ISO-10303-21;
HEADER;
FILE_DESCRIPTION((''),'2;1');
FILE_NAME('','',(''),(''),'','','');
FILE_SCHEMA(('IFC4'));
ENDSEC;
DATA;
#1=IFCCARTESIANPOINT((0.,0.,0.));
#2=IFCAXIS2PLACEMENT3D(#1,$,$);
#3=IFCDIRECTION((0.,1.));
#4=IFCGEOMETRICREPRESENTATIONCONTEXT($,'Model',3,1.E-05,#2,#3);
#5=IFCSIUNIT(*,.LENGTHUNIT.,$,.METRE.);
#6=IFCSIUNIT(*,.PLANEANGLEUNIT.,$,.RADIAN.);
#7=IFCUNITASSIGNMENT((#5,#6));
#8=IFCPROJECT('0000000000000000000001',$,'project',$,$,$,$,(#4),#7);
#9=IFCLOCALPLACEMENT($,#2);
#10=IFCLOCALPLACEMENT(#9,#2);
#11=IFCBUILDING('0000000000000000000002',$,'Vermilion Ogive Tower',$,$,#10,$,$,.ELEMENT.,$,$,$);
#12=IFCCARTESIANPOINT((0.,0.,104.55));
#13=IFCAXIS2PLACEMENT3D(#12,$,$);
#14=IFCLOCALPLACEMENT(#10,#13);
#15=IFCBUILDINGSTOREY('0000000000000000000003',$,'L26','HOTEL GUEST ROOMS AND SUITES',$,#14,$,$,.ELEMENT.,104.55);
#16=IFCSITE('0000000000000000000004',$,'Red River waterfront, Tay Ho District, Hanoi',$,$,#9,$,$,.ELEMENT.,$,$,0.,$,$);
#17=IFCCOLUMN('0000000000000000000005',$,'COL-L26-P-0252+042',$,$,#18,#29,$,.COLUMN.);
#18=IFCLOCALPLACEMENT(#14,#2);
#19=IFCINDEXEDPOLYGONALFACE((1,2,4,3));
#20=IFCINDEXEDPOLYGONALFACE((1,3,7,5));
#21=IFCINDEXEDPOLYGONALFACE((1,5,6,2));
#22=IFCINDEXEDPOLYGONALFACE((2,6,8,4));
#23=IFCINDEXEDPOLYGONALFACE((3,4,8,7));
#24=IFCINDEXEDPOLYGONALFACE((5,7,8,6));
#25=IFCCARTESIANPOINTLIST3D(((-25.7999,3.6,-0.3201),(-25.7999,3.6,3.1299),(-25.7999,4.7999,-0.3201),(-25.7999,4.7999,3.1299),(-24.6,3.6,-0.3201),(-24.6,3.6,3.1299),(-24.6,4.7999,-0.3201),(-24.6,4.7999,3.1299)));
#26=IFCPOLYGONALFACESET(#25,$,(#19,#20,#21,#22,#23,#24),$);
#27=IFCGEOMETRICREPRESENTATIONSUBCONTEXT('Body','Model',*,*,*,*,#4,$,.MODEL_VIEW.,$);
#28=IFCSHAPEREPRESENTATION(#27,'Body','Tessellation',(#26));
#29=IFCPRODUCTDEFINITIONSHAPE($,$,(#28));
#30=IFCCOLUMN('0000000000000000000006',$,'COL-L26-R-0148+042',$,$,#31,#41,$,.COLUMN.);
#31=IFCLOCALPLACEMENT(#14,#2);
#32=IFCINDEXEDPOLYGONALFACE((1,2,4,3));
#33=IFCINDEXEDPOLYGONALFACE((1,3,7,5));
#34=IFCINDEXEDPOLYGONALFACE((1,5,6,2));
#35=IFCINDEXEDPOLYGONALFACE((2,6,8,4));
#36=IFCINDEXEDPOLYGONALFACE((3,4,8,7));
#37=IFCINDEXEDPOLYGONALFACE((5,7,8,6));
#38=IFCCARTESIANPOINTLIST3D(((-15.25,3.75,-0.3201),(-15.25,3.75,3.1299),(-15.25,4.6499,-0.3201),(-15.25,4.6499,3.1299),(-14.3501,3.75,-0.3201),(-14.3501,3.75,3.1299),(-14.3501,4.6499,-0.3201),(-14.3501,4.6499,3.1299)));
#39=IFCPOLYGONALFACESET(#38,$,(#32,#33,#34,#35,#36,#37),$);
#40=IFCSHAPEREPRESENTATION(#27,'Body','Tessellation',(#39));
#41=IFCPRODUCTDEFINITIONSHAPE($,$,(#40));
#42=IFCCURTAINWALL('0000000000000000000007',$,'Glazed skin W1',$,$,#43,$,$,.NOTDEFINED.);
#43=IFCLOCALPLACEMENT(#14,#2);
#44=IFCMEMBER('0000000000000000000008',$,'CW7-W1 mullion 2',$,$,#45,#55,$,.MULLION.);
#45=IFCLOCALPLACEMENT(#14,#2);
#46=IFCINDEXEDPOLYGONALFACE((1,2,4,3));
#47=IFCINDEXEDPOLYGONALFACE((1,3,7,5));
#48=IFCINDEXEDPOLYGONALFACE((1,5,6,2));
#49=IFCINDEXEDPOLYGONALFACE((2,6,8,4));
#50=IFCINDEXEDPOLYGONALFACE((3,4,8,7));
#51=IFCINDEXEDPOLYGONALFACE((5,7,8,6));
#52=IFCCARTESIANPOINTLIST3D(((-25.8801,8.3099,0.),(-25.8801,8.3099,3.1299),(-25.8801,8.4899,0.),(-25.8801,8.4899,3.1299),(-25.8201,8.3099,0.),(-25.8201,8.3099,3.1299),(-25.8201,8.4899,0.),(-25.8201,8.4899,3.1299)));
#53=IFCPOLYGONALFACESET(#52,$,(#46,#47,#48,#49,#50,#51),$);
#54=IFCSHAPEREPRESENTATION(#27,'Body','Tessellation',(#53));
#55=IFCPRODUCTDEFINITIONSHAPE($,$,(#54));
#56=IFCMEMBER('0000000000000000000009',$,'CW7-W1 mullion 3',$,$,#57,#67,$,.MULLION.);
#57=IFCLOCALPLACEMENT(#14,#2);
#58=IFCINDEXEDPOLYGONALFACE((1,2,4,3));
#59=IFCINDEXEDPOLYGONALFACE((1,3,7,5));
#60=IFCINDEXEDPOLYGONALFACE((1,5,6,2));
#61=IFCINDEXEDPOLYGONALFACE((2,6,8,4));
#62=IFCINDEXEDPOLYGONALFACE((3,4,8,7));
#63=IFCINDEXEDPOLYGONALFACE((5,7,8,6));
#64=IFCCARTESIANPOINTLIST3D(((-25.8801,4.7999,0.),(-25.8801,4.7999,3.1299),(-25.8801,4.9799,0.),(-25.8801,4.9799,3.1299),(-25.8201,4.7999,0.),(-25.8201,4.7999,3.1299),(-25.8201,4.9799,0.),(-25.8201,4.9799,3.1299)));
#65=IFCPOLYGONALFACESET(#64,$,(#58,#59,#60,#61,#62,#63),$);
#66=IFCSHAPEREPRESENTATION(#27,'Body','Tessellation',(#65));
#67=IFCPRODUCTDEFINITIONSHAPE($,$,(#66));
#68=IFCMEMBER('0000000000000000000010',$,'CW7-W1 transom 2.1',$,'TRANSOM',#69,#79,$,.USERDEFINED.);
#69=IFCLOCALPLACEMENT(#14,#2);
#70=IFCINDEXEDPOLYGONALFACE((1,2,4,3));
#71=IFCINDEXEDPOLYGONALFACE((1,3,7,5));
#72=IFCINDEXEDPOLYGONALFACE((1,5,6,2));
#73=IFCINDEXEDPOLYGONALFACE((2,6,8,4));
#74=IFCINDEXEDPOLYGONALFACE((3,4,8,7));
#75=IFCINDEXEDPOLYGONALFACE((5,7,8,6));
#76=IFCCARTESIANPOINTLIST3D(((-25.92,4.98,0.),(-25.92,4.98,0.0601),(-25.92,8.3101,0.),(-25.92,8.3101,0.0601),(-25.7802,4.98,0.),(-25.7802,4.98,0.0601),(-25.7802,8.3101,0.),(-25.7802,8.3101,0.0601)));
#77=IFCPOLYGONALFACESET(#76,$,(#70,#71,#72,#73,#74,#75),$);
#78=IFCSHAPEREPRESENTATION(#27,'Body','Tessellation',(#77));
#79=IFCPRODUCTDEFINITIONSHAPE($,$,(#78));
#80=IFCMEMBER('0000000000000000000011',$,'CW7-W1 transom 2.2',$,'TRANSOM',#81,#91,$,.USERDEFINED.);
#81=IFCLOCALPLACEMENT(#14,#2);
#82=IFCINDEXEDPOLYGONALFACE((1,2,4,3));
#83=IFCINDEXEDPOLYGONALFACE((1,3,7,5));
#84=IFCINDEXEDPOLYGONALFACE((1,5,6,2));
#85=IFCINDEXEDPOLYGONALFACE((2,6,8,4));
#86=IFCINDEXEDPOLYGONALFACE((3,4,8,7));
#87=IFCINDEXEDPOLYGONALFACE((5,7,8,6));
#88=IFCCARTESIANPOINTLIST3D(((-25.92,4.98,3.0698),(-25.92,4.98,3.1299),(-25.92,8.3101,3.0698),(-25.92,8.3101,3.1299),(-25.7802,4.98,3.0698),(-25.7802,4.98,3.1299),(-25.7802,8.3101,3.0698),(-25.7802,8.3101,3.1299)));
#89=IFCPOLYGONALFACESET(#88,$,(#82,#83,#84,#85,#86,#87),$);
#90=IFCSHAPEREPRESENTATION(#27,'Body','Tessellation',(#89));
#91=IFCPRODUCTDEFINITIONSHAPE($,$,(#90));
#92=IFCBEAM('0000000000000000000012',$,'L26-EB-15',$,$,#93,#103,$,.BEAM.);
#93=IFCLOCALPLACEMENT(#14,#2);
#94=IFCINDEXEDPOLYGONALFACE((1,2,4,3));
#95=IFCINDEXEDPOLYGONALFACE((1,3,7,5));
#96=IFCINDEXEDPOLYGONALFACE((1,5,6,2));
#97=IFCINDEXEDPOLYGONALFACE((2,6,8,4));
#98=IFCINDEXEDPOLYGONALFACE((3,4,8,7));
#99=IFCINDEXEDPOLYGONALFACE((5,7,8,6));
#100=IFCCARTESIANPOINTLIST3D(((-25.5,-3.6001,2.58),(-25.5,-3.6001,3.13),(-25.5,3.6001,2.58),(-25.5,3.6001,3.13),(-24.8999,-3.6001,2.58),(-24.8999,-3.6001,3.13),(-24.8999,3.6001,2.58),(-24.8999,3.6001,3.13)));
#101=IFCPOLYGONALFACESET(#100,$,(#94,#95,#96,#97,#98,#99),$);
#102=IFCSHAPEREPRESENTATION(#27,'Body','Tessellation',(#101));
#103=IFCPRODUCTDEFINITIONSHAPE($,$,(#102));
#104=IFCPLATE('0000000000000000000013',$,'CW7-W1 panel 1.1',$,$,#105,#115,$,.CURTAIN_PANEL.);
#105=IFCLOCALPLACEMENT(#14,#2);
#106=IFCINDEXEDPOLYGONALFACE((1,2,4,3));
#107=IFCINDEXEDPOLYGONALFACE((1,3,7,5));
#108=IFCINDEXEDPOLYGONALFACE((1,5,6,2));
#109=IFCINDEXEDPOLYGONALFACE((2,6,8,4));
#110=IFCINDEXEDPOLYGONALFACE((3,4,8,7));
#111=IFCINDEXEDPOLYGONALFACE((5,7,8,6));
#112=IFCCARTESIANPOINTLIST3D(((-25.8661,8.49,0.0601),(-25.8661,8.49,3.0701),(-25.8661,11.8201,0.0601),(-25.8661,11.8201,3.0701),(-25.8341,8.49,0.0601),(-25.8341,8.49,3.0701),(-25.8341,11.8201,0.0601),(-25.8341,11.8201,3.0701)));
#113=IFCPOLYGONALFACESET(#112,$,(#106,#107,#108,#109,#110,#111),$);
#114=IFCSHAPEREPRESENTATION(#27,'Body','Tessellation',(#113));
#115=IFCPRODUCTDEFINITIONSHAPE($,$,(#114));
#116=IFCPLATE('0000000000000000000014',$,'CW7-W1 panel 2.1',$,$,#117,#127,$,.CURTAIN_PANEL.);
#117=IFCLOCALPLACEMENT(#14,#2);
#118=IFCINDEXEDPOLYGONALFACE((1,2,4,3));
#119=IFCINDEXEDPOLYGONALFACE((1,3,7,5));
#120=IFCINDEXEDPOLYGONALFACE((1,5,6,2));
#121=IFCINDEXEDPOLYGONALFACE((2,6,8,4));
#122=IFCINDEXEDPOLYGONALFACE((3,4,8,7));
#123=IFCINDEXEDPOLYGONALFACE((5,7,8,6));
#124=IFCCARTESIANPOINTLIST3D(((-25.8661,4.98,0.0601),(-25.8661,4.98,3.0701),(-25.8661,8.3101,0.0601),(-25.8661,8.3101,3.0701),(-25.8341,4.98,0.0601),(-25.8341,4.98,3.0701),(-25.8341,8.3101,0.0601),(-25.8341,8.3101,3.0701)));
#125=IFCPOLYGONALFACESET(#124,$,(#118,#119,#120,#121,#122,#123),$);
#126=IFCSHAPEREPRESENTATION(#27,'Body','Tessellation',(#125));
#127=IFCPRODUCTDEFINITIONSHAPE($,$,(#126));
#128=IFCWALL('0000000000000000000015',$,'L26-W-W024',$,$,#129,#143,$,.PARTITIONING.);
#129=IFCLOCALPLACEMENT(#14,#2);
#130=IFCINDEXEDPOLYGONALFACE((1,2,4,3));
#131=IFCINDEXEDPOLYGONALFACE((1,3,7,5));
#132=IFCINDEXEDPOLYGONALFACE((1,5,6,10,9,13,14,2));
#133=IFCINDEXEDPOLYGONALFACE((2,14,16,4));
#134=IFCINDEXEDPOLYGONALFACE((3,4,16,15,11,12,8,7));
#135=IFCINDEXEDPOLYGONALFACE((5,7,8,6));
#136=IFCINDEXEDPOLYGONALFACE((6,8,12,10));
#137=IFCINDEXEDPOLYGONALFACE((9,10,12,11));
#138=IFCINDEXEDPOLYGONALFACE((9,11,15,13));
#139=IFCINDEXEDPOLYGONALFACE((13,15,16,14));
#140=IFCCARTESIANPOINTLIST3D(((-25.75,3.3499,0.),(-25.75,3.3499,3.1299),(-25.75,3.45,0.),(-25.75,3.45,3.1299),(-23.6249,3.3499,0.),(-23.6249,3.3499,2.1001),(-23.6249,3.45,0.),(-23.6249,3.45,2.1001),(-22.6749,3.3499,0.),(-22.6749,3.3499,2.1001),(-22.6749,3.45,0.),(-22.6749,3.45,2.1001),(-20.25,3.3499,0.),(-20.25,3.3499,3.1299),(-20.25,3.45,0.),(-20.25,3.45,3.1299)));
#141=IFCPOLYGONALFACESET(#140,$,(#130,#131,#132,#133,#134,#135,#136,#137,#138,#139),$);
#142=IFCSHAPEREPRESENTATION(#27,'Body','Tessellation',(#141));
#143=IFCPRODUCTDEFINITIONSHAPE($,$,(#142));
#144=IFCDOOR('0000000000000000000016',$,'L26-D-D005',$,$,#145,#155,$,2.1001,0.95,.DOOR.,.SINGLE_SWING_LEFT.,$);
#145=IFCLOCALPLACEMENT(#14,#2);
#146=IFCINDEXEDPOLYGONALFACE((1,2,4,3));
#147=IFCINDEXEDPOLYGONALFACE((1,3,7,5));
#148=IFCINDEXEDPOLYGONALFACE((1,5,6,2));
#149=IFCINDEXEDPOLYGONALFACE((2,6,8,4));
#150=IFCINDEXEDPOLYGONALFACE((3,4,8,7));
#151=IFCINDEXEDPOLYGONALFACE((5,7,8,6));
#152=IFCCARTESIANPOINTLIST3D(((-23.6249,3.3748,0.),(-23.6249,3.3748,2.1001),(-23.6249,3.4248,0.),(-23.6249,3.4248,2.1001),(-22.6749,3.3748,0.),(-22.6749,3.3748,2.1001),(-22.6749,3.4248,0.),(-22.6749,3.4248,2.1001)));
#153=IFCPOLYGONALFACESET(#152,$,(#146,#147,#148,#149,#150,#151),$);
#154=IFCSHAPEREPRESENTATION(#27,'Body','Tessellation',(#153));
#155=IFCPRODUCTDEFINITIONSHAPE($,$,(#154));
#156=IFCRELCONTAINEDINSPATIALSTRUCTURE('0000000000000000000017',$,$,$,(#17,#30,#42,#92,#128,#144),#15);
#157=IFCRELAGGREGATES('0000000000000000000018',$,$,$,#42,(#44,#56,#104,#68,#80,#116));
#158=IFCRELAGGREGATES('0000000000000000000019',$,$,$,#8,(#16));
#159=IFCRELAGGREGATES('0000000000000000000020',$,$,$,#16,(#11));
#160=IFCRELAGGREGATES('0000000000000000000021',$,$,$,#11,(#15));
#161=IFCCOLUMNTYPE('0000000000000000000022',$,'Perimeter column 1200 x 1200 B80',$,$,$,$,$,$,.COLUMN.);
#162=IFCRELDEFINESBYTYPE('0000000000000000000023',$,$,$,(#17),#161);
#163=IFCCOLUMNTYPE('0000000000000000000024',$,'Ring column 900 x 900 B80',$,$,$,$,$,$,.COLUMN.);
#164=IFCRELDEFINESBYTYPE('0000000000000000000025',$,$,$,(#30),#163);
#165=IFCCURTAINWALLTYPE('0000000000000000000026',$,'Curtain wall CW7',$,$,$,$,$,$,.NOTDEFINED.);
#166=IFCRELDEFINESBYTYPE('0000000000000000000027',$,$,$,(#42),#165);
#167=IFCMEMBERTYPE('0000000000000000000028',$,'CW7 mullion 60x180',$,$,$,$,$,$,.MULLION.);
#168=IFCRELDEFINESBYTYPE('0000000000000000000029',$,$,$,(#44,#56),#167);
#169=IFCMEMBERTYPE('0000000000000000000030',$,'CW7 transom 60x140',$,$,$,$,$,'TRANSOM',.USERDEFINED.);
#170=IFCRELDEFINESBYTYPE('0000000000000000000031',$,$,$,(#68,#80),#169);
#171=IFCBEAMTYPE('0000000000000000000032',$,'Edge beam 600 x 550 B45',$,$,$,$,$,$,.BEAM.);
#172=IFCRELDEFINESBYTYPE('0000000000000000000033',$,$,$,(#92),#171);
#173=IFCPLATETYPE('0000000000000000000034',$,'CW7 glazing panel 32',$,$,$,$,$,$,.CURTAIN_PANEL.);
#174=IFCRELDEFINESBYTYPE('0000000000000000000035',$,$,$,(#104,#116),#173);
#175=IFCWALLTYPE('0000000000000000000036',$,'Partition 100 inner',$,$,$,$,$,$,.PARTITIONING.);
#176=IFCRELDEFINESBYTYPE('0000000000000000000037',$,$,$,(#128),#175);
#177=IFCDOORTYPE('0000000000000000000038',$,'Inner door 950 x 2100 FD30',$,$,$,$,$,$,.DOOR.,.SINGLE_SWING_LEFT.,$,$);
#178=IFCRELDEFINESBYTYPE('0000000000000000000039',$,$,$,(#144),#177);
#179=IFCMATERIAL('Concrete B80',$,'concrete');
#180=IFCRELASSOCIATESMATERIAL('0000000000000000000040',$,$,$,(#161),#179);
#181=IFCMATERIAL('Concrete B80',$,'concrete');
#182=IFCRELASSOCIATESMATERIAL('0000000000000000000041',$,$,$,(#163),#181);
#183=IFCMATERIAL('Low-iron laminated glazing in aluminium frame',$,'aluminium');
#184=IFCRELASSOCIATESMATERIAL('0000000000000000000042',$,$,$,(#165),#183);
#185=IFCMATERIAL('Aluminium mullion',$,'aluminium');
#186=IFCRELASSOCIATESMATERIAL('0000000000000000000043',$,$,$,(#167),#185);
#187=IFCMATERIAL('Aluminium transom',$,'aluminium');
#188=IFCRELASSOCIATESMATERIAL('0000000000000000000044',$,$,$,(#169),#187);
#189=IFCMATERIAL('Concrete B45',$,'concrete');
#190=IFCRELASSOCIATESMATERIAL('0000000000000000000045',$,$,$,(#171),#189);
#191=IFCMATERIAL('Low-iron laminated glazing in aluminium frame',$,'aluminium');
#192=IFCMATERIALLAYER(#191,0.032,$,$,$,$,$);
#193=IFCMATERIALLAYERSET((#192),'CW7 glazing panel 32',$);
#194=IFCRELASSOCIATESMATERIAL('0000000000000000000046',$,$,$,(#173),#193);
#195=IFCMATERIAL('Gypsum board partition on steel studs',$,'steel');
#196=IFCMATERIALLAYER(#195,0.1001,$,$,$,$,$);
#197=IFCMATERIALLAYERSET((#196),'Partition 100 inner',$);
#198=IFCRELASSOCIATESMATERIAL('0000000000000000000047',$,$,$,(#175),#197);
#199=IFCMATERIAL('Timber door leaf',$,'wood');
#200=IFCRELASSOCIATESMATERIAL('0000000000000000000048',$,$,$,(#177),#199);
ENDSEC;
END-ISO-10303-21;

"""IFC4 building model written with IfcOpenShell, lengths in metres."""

from ifc_helpers import new_model, si_unit, direction, frame, frame_2d, origin, origin_2d, place, context, subcontext, project, spatial, rectangle, extrude, material, layer, layer_set, material_profile, profile_set, type_object, element, fill, aggregate, save


model = new_model("IFC4")

# Units and contexts
model_context = context("Model", 3, precision=1e-05, world=origin(), true_north=direction((0.0, 1.0)))
body_context = subcontext(model_context, "Body", "Model", "MODEL_VIEW")
ifc_project = project(units=[si_unit("LENGTHUNIT", "METRE"), si_unit("PLANEANGLEUNIT", "RADIAN")], contexts=[model_context])

# Site, building, storey
site_placement = place(None, origin())
site = spatial("IfcSite", under=ifc_project, at=site_placement, Name="Red River waterfront, Tay Ho District, Hanoi", CompositionType="ELEMENT", RefElevation=0.0)
building_placement = place(site_placement, origin())
building = spatial("IfcBuilding", under=site, at=building_placement, Name="Vermilion Ogive Tower", CompositionType="ELEMENT")
storey_placement = place(building_placement, frame((0.0, 0.0, 104.55)))
storey = spatial("IfcBuildingStorey", under=building, at=storey_placement, Name="L26", Description="HOTEL GUEST ROOMS AND SUITES", CompositionType="ELEMENT", Elevation=104.55)

# Columns
ifc_material_1 = material(Name="Concrete B80", Category="concrete")
ifc_material_profile_1 = material_profile(ifc_material_1, rectangle(XDim=1.2, YDim=1.2, at=origin_2d()), Name="1200 x 1200")
ifc_profile_set_1 = profile_set([ifc_material_profile_1], Name="Concrete B80")
column_type_1 = type_object("IfcColumnType", Name="Perimeter column 1200 x 1200 B80", PredefinedType="COLUMN", material=ifc_profile_set_1)
column_1_placement = place(storey_placement, frame((-25.2, 4.2, -0.3201), z_axis=(0.0, 0.0, 1.0), x_axis=(1.0, 0.0, 0.0)))
element("IfcColumn", 1, at=column_1_placement, inside=storey, type_object=column_type_1, Name="COL-L26-P-0252+042", PredefinedType="COLUMN", context=body_context, shape_type="SweptSolid", body=[
    extrude(rectangle(XDim=1.2, YDim=1.2, at=origin_2d()), origin(), (0.0, 0.0, 1.0), 3.45),
])
ifc_material_2 = material(Name="Concrete B80", Category="concrete")
ifc_material_profile_2 = material_profile(ifc_material_2, rectangle(XDim=0.8999, YDim=0.8999, at=origin_2d()), Name="900 x 900")
ifc_profile_set_2 = profile_set([ifc_material_profile_2], Name="Concrete B80")
column_type_2 = type_object("IfcColumnType", Name="Ring column 900 x 900 B80", PredefinedType="COLUMN", material=ifc_profile_set_2)
column_2_placement = place(storey_placement, frame((-14.8, 4.2, -0.3201), z_axis=(0.0, 0.0, 1.0), x_axis=(1.0, 0.0, 0.0)))
element("IfcColumn", 2, at=column_2_placement, inside=storey, type_object=column_type_2, Name="COL-L26-R-0148+042", PredefinedType="COLUMN", context=body_context, shape_type="SweptSolid", body=[
    extrude(rectangle(XDim=0.8999, YDim=0.8999, at=origin_2d()), origin(), (0.0, 0.0, 1.0), 3.45),
])

# Curtain wall, members
ifc_material_3 = material(Name="Low-iron laminated glazing in aluminium frame", Category="aluminium")
curtain_wall_type = type_object("IfcCurtainWallType", Name="Curtain wall CW7", PredefinedType="NOTDEFINED", material=ifc_material_3)
curtain_wall_placement = place(storey_placement, origin())
curtain_wall = element("IfcCurtainWall", 3, at=curtain_wall_placement, inside=storey, type_object=curtain_wall_type, Name="Glazed skin W1", PredefinedType="NOTDEFINED")
ifc_material_4 = material(Name="Aluminium mullion", Category="aluminium")
ifc_material_profile_3 = material_profile(ifc_material_4, rectangle(XDim=0.0601, YDim=0.1799, at=origin_2d()), Name="AL 60x180")
ifc_profile_set_3 = profile_set([ifc_material_profile_3], Name="Aluminium mullion")
member_type_1 = type_object("IfcMemberType", Name="CW7 mullion 60x180", PredefinedType="MULLION", material=ifc_profile_set_3)
member_1_placement = place(storey_placement, frame((-25.8501, 8.3999, 0.0), z_axis=(0.0, 0.0, 1.0), x_axis=(1.0, 0.0, 0.0)))
member_1 = element("IfcMember", 4, at=member_1_placement, type_object=member_type_1, Name="CW7-W1 mullion 2", PredefinedType="MULLION", context=body_context, shape_type="SweptSolid", body=[
    extrude(rectangle(XDim=0.0601, YDim=0.1799, at=origin_2d()), origin(), (0.0, 0.0, 1.0), 3.1299),
])
member_2_placement = place(storey_placement, frame((-25.8501, 4.8899, 0.0), z_axis=(0.0, 0.0, 1.0), x_axis=(1.0, 0.0, 0.0)))
member_2 = element("IfcMember", 5, at=member_2_placement, type_object=member_type_1, Name="CW7-W1 mullion 3", PredefinedType="MULLION", context=body_context, shape_type="SweptSolid", body=[
    extrude(rectangle(XDim=0.0601, YDim=0.1799, at=origin_2d()), origin(), (0.0, 0.0, 1.0), 3.1299),
])
ifc_material_5 = material(Name="Aluminium transom", Category="aluminium")
ifc_material_profile_4 = material_profile(ifc_material_5, rectangle(XDim=0.1399, YDim=0.0601, at=origin_2d()), Name="AL 60x140")
ifc_profile_set_4 = profile_set([ifc_material_profile_4], Name="Aluminium transom")
member_type_2 = type_object("IfcMemberType", Name="CW7 transom 60x140", ElementType="TRANSOM", PredefinedType="USERDEFINED", material=ifc_profile_set_4)
member_3_placement = place(storey_placement, frame((-25.8501, 8.3101, 0.03), z_axis=(0.0, -1.0, 0.0), x_axis=(1.0, 0.0, 0.0)))
member_3 = element("IfcMember", 6, at=member_3_placement, type_object=member_type_2, Name="CW7-W1 transom 2.1", ObjectType="TRANSOM", PredefinedType="USERDEFINED", context=body_context, shape_type="SweptSolid", body=[
    extrude(rectangle(XDim=0.1399, YDim=0.0601, at=origin_2d()), origin(), (0.0, 0.0, 1.0), 3.3301),
])
member_4_placement = place(storey_placement, frame((-25.8501, 8.3101, 3.0999), z_axis=(0.0, -1.0, 0.0), x_axis=(1.0, 0.0, 0.0)))
member_4 = element("IfcMember", 7, at=member_4_placement, type_object=member_type_2, Name="CW7-W1 transom 2.2", ObjectType="TRANSOM", PredefinedType="USERDEFINED", context=body_context, shape_type="SweptSolid", body=[
    extrude(rectangle(XDim=0.1399, YDim=0.0601, at=origin_2d()), origin(), (0.0, 0.0, 1.0), 3.3301),
])

# Beam
ifc_material_6 = material(Name="Concrete B45", Category="concrete")
ifc_material_profile_5 = material_profile(ifc_material_6, rectangle(XDim=0.6001, YDim=0.55, at=origin_2d()), Name="600 x 550")
ifc_profile_set_5 = profile_set([ifc_material_profile_5], Name="Concrete B45")
beam_type = type_object("IfcBeamType", Name="Edge beam 600 x 550 B45", PredefinedType="BEAM", material=ifc_profile_set_5)
beam_placement = place(storey_placement, frame((-25.2, 3.6001, 2.855), z_axis=(0.0, -1.0, 0.0), x_axis=(1.0, 0.0, 0.0)))
element("IfcBeam", 8, at=beam_placement, inside=storey, type_object=beam_type, Name="L26-EB-15", PredefinedType="BEAM", context=body_context, shape_type="SweptSolid", body=[
    extrude(rectangle(XDim=0.6001, YDim=0.55, at=origin_2d()), origin(), (0.0, 0.0, 1.0), 7.2002),
])

# Plates
ifc_material_7 = material(Name="Low-iron laminated glazing in aluminium frame", Category="aluminium")
ifc_layer_1 = layer(ifc_material_7, 0.032)
ifc_layer_set_1 = layer_set([ifc_layer_1], Name="CW7 glazing panel 32")
plate_type = type_object("IfcPlateType", Name="CW7 glazing panel 32", PredefinedType="CURTAIN_PANEL", material=ifc_layer_set_1)
plate_1_placement = place(storey_placement, frame((-25.8501, 10.155, 0.0601), z_axis=(0.0, 0.0, 1.0), x_axis=(0.0, -1.0, 0.0)))
plate_1 = element("IfcPlate", 9, at=plate_1_placement, type_object=plate_type, Name="CW7-W1 panel 1.1", PredefinedType="CURTAIN_PANEL", context=body_context, shape_type="SweptSolid", body=[
    extrude(rectangle(XDim=3.3301, YDim=0.032, at=origin_2d()), origin(), (0.0, 0.0, 1.0), 3.01),
])
plate_2_placement = place(storey_placement, frame((-25.8501, 6.645, 0.0601), z_axis=(0.0, 0.0, 1.0), x_axis=(0.0, -1.0, 0.0)))
plate_2 = element("IfcPlate", 10, at=plate_2_placement, type_object=plate_type, Name="CW7-W1 panel 2.1", PredefinedType="CURTAIN_PANEL", context=body_context, shape_type="SweptSolid", body=[
    extrude(rectangle(XDim=3.3301, YDim=0.032, at=origin_2d()), origin(), (0.0, 0.0, 1.0), 3.01),
])
aggregate(curtain_wall, [member_1, member_2, plate_1, member_3, member_4, plate_2])

# Wall, opening, door
ifc_material_8 = material(Name="Gypsum board partition on steel studs", Category="steel")
ifc_layer_2 = layer(ifc_material_8, 0.1001)
ifc_layer_set_2 = layer_set([ifc_layer_2], Name="Partition 100 inner")
wall_type_1 = type_object("IfcWallType", Name="Partition 100 inner", PredefinedType="PARTITIONING", material=ifc_layer_set_2)
wall_1_placement = place(storey_placement, frame((-25.75, 3.3999, 0.0), z_axis=(0.0, 0.0, 1.0), x_axis=(1.0, 0.0, 0.0)))
wall_1 = element("IfcWall", 11, at=wall_1_placement, inside=storey, type_object=wall_type_1, Name="L26-W-W024", PredefinedType="PARTITIONING", context=body_context, shape_type="SweptSolid", body=[
    extrude(rectangle(XDim=5.5, YDim=0.1001, at=frame_2d((2.75, 0.0))), origin(), (0.0, 0.0, 1.0), 3.1299),
])
opening_1_placement = place(wall_1_placement, frame((2.125, 0.0, 0.0)))
opening_1 = element("IfcOpeningElement", 12, at=opening_1_placement, cuts=wall_1, PredefinedType="OPENING", context=body_context, shape_type="SweptSolid", body=[
    extrude(rectangle(XDim=0.95, YDim=2.1001, at=frame_2d((0.4751, 1.05))), frame((0.0, 0.0601, 0.0), z_axis=(0.0, -1.0, 0.0), x_axis=(1.0, 0.0, 0.0)), (0.0, 0.0, 1.0), 0.1201),
])
ifc_material_9 = material(Name="Timber door leaf", Category="wood")
door_type_1 = type_object("IfcDoorType", Name="Inner door 950 x 2100 FD30", OperationType="SINGLE_SWING_LEFT", PredefinedType="DOOR", material=ifc_material_9)
door_1_placement = place(opening_1_placement, origin())
door_1 = element("IfcDoor", 13, at=door_1_placement, inside=storey, type_object=door_type_1, Name="L26-D-D005", OperationType="SINGLE_SWING_LEFT", OverallHeight=2.1001, OverallWidth=0.95, PredefinedType="DOOR", context=body_context, shape_type="SweptSolid", body=[
    extrude(rectangle(XDim=0.95, YDim=2.1001, at=frame_2d((0.4751, 1.05))), frame((0.0, 0.0249, 0.0), z_axis=(0.0, -1.0, 0.0), x_axis=(1.0, 0.0, 0.0)), (0.0, 0.0, 1.0), 0.05),
])
fill(opening_1, door_1)

save(model, "model.ifc")
